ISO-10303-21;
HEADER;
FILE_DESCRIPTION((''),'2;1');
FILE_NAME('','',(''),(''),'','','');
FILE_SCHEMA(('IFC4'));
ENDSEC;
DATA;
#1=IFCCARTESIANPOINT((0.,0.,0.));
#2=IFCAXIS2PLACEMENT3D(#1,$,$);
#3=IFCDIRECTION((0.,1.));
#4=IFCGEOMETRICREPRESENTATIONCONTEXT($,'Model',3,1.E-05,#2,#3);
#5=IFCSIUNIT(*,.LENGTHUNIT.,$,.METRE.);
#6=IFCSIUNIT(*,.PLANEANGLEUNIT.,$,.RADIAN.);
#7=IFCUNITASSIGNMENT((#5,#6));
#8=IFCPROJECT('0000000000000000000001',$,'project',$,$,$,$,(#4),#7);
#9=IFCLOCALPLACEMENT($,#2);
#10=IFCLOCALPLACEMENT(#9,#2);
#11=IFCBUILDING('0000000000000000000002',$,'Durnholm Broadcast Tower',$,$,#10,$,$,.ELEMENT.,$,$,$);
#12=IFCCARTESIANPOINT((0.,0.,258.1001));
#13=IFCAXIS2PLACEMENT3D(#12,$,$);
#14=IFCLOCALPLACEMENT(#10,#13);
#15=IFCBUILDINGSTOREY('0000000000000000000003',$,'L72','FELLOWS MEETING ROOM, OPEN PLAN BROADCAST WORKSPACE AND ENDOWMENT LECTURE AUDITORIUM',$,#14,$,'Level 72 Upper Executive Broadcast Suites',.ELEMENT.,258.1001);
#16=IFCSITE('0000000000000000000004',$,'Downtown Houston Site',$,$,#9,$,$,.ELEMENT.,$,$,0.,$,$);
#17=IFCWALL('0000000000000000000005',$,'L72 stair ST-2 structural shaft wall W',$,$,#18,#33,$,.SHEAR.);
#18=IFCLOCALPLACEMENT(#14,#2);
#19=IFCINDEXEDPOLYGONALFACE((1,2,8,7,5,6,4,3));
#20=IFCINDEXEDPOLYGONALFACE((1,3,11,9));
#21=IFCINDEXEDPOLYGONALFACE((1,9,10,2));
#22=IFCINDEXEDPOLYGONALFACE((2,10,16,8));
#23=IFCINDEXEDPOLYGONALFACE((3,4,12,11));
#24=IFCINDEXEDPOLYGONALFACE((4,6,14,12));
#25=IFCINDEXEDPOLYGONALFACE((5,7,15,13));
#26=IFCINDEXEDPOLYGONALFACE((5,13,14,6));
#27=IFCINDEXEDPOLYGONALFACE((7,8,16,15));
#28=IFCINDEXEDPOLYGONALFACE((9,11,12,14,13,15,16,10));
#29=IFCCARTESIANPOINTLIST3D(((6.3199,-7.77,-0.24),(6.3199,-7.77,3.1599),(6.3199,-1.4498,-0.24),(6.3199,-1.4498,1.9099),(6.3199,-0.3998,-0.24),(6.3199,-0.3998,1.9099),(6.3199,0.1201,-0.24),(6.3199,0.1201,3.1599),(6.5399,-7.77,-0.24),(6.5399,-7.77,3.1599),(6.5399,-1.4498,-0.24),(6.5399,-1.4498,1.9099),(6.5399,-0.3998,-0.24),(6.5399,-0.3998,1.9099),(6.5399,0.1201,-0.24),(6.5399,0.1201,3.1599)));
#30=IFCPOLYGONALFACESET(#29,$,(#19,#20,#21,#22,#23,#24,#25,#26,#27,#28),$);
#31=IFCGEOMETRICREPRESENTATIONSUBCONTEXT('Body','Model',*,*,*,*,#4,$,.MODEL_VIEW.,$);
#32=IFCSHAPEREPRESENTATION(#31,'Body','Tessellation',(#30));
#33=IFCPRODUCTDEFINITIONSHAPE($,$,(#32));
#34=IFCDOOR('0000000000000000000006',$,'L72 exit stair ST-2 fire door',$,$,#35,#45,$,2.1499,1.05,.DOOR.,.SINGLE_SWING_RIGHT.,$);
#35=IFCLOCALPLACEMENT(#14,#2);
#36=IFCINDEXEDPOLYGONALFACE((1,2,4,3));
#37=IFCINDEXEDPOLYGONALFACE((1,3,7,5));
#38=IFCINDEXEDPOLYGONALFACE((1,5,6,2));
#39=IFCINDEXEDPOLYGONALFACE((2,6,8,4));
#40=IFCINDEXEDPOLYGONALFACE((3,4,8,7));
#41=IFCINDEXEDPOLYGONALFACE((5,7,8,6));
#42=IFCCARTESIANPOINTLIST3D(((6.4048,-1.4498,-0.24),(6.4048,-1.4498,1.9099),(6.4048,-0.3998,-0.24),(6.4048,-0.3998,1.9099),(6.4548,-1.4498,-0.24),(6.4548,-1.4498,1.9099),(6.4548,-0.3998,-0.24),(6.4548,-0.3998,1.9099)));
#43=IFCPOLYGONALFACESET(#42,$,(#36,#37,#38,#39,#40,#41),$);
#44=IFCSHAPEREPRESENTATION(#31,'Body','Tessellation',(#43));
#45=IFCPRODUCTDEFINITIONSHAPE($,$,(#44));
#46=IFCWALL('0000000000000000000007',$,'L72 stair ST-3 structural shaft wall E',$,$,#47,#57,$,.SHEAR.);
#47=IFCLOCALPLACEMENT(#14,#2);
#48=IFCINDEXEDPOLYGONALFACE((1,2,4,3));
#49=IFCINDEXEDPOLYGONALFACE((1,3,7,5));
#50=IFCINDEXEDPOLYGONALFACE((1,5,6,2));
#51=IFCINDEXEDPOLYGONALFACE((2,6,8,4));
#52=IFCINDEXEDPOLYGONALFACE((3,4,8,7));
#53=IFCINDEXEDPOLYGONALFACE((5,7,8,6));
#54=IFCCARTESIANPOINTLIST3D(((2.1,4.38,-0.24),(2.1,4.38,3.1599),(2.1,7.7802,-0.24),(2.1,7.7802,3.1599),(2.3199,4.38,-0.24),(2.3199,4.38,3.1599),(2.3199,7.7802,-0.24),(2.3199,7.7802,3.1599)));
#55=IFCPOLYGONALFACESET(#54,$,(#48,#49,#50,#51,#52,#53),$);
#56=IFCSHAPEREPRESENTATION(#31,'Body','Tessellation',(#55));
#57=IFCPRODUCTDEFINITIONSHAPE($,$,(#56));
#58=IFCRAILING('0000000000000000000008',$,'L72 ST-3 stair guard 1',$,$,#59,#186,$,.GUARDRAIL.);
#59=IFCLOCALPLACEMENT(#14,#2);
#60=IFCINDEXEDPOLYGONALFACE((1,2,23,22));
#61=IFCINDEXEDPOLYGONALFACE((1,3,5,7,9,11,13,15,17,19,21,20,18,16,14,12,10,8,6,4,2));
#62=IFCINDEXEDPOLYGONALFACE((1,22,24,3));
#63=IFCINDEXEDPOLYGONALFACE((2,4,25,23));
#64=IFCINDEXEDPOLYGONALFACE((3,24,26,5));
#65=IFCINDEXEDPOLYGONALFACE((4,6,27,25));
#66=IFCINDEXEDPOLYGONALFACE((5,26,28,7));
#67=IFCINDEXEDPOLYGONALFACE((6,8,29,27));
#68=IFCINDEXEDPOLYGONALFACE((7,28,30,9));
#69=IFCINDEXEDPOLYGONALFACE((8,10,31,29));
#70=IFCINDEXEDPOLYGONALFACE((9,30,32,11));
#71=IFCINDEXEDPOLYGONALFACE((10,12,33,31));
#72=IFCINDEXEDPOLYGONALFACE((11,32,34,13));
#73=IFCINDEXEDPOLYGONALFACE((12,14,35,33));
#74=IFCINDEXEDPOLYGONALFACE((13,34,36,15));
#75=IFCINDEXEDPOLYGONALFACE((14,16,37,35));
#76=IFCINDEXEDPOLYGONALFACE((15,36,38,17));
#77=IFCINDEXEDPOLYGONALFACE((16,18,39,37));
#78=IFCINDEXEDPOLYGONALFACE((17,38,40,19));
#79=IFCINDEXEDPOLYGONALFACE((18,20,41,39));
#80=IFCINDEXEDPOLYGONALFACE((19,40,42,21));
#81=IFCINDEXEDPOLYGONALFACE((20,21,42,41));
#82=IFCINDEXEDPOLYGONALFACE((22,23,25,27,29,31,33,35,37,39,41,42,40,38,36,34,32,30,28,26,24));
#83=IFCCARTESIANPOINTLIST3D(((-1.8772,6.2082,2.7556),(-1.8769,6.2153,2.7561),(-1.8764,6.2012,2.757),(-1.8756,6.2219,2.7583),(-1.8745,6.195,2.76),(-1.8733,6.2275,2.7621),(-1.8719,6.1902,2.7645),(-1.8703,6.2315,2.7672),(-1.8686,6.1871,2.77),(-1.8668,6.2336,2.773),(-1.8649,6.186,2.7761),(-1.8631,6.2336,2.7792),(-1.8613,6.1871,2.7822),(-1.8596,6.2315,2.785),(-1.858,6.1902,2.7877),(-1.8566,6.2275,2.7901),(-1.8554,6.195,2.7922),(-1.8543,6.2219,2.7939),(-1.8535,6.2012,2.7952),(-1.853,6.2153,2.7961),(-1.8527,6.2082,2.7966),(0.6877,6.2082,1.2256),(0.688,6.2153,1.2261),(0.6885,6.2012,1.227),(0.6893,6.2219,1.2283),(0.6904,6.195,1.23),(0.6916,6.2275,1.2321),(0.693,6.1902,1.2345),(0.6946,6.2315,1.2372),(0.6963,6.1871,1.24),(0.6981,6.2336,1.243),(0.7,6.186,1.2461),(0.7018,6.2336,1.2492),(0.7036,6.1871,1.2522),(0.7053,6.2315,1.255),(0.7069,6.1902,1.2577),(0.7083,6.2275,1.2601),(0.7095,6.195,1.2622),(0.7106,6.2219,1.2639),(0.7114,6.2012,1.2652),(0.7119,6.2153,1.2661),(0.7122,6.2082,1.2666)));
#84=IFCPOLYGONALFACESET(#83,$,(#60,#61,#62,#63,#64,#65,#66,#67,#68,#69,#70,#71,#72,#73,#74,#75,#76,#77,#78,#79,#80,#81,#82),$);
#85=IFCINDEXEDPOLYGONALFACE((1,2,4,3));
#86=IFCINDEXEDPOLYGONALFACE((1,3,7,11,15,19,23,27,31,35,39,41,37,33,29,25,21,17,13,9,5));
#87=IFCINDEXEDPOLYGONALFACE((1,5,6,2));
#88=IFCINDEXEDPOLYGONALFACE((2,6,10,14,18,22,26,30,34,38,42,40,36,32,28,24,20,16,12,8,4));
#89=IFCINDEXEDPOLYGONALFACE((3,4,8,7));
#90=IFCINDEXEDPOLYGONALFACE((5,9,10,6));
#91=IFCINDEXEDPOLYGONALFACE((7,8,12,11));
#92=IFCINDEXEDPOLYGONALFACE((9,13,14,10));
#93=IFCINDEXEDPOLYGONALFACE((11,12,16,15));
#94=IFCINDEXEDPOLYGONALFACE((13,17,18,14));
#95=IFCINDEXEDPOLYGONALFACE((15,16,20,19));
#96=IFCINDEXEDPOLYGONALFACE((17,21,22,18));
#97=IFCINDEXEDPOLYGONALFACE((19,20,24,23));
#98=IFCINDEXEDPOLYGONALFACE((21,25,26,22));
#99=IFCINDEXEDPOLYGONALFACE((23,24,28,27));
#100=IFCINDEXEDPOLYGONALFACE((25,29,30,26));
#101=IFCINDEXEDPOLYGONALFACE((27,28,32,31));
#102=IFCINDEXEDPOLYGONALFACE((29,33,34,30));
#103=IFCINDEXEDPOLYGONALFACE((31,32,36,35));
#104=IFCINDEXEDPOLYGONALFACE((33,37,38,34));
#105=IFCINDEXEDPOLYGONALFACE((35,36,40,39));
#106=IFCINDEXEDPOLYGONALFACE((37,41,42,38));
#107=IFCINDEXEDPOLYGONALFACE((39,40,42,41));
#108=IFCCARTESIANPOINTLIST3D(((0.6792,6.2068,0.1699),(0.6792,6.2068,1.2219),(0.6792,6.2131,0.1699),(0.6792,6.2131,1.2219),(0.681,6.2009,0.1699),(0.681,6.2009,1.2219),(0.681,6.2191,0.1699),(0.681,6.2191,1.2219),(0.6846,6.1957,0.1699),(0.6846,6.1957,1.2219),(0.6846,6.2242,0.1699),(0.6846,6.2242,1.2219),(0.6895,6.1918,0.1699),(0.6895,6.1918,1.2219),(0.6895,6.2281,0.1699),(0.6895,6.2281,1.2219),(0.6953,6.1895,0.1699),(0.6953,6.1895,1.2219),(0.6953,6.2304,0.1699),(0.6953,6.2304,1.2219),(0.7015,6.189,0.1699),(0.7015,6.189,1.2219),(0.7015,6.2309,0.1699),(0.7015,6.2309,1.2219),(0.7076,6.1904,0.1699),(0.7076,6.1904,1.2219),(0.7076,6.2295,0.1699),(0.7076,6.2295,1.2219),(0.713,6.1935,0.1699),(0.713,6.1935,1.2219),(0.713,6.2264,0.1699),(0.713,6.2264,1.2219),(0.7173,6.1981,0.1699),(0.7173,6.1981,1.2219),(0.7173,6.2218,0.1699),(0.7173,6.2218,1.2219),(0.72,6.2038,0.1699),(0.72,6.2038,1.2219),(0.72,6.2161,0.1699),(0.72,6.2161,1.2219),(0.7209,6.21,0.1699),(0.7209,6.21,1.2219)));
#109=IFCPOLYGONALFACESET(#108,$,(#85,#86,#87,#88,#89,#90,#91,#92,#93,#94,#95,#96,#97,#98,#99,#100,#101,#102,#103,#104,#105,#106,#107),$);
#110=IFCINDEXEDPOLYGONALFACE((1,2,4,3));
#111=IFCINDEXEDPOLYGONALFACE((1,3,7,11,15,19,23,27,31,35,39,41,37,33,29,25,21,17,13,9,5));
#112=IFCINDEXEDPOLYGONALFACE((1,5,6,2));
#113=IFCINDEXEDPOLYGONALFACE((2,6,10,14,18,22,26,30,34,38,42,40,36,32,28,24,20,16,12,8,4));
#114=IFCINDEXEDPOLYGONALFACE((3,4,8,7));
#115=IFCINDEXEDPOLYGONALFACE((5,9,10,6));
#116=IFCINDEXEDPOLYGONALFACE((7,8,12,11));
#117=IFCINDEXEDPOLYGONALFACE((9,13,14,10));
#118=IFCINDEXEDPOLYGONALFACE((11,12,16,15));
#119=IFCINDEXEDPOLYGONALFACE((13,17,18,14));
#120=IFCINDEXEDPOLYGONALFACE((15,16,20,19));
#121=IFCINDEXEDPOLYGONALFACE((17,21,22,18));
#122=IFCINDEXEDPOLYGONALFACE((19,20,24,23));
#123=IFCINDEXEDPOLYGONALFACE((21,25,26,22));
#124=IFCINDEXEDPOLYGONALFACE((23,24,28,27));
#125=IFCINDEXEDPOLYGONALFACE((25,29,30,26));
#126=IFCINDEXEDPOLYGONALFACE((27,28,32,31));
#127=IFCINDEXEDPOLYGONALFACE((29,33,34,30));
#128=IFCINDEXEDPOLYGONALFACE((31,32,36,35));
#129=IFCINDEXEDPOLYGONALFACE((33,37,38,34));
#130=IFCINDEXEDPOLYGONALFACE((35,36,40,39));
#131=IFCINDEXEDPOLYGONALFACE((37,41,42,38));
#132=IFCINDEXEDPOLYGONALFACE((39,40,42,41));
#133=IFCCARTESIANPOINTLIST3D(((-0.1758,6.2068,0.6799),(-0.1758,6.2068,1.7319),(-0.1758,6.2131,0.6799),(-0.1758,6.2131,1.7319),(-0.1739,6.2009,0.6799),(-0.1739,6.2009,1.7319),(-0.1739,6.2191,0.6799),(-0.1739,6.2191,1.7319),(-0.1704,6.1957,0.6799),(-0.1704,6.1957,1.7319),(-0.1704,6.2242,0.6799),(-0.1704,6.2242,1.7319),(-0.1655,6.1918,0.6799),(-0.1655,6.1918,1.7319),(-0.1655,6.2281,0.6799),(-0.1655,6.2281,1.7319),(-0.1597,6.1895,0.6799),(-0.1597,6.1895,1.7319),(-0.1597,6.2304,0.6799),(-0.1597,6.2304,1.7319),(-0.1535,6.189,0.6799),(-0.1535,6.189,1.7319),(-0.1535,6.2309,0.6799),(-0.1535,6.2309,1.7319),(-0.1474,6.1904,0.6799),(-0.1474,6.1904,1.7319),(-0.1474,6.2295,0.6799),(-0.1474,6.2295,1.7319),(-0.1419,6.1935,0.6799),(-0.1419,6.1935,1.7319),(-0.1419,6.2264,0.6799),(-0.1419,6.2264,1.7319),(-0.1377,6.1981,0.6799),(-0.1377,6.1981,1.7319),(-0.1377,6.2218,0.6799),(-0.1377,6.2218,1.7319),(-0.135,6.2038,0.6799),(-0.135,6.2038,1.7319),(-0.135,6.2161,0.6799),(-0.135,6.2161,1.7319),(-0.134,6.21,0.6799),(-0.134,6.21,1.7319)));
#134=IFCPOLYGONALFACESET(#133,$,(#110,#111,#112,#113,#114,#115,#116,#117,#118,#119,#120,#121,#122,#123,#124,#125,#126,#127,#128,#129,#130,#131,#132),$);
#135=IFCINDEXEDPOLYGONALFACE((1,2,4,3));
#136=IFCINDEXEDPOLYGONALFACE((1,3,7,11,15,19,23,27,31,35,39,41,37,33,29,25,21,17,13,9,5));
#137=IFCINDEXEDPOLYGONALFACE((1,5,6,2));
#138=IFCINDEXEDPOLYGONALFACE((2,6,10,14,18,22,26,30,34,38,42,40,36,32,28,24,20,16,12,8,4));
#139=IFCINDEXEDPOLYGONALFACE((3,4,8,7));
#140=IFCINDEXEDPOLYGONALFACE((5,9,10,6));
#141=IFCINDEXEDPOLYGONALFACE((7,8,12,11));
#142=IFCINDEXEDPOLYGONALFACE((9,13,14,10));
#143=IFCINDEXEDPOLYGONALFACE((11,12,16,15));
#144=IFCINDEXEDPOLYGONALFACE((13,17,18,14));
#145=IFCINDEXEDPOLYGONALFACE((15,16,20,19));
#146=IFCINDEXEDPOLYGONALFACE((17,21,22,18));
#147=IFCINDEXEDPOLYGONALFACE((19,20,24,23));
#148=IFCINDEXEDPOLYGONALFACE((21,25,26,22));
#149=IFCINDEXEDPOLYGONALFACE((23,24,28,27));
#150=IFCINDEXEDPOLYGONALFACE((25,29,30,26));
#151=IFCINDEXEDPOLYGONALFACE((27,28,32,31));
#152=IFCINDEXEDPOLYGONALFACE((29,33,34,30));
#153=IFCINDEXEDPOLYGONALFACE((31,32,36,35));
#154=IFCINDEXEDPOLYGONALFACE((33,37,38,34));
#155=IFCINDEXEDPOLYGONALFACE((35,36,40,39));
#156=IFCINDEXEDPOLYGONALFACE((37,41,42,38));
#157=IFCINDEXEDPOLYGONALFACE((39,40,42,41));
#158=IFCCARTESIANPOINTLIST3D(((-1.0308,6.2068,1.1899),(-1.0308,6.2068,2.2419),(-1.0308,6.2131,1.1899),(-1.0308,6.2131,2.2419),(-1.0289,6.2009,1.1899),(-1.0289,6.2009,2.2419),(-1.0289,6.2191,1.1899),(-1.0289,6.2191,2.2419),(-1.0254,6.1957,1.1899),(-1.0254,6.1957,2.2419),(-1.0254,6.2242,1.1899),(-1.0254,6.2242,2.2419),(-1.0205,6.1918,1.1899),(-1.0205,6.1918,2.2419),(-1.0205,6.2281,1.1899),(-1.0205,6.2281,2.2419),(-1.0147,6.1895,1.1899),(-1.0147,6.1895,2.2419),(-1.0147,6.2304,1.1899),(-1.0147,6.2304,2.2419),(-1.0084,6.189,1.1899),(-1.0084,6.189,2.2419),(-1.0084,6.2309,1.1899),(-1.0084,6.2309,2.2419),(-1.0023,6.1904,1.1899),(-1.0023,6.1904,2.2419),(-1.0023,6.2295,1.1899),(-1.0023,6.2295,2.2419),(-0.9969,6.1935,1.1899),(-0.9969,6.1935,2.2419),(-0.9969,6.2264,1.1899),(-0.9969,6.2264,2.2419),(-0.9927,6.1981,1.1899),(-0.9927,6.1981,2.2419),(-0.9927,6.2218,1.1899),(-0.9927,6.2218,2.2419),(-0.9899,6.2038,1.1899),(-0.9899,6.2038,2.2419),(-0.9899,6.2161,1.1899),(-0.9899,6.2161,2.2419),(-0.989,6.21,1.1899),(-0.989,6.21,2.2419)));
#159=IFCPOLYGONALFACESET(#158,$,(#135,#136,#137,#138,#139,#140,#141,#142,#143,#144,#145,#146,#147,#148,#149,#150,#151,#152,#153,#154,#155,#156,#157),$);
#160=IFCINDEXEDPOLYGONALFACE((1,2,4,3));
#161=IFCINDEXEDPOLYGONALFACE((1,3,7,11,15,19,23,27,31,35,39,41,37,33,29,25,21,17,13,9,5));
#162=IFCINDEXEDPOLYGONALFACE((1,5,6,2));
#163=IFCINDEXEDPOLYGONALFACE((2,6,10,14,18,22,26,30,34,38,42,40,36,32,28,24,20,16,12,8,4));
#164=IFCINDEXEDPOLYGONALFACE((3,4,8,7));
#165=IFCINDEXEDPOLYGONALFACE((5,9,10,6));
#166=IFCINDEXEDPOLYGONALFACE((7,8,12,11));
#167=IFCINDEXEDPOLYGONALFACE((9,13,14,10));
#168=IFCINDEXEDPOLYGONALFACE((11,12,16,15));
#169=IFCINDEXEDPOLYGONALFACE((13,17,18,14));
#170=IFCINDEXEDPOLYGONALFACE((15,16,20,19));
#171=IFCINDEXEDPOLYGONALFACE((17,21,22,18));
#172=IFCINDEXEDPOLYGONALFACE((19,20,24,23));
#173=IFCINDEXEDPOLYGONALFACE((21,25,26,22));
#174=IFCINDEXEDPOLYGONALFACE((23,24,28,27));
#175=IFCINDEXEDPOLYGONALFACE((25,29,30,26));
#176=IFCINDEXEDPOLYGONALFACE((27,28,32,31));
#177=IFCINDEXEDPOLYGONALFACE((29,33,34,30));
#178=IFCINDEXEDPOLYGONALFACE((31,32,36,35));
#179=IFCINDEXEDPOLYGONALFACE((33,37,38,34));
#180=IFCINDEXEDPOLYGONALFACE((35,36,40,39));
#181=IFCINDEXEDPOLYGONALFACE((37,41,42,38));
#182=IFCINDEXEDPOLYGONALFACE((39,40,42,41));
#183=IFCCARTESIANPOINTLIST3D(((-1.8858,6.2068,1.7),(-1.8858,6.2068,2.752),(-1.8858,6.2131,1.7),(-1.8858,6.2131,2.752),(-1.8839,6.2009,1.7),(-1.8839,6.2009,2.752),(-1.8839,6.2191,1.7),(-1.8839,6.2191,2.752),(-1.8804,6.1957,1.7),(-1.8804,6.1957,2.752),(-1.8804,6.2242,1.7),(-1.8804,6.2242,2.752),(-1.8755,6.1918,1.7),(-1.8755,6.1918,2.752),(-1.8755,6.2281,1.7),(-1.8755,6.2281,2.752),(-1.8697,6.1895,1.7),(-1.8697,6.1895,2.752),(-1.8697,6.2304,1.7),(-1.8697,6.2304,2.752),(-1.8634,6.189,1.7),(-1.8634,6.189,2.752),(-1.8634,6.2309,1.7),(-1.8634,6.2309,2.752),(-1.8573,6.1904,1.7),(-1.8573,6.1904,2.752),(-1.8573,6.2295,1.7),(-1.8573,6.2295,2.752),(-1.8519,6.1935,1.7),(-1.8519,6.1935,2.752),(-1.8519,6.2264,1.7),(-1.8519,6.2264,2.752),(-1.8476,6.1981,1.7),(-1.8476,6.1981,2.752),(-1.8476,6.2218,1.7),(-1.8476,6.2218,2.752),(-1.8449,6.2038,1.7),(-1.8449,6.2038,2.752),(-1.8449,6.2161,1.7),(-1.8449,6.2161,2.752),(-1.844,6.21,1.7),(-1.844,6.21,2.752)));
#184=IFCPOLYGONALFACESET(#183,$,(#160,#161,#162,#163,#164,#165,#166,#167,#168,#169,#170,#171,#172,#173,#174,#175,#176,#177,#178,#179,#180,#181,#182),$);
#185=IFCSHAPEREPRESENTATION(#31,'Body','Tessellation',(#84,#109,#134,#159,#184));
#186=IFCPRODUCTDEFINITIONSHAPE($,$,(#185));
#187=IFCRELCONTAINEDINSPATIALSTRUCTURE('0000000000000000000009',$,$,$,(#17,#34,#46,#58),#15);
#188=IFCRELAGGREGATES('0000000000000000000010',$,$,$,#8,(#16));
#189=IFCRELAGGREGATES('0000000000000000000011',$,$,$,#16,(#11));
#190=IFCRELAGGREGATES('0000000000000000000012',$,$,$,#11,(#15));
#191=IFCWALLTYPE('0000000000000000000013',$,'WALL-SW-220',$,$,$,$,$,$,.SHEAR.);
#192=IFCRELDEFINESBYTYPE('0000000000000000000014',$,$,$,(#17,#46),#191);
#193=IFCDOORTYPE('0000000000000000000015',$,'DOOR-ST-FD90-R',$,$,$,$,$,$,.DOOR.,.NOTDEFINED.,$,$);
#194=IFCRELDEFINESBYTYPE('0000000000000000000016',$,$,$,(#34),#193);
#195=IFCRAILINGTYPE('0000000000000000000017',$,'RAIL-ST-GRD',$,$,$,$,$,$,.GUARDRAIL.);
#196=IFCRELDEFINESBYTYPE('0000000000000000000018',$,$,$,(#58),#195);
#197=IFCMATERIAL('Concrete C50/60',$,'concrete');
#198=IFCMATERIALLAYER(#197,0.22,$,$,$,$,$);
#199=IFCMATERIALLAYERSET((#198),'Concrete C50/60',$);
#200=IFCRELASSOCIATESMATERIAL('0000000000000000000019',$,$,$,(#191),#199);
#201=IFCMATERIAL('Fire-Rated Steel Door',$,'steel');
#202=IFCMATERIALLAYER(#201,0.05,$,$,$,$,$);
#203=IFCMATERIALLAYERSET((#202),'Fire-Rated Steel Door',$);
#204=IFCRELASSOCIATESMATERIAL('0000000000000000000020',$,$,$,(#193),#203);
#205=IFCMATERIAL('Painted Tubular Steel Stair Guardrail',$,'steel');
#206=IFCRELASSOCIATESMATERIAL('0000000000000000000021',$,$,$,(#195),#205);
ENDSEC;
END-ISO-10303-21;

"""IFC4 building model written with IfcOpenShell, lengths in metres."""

from ifc_helpers import new_model, si_unit, direction, frame, frame_2d, origin, origin_2d, place, context, subcontext, project, spatial, rectangle, circle, extrude, source, transform, mapped, material, layer, layer_set, type_object, type_shapes, element, fill, save


model = new_model("IFC4")

# Units and contexts
model_context = context("Model", 3, precision=1e-05, world=origin(), true_north=direction((0.0, 1.0)))
body_context = subcontext(model_context, "Body", "Model", "MODEL_VIEW")
ifc_project = project(units=[si_unit("LENGTHUNIT", "METRE"), si_unit("PLANEANGLEUNIT", "RADIAN")], contexts=[model_context])

# Site, building, storey
site_placement = place(None, origin())
site = spatial("IfcSite", under=ifc_project, at=site_placement, Name="Downtown Houston Site", CompositionType="ELEMENT", RefElevation=0.0)
building_placement = place(site_placement, origin())
building = spatial("IfcBuilding", under=site, at=building_placement, Name="Durnholm Broadcast Tower", CompositionType="ELEMENT")
storey_placement = place(building_placement, frame((0.0, 0.0, 258.1001)))
storey = spatial("IfcBuildingStorey", under=building, at=storey_placement, Name="L72", Description="FELLOWS MEETING ROOM, OPEN PLAN BROADCAST WORKSPACE AND ENDOWMENT LECTURE AUDITORIUM", LongName="Level 72 Upper Executive Broadcast Suites", CompositionType="ELEMENT", Elevation=258.1001)

# Shared definitions
ifc_material_1 = material(Name="Concrete C50/60", Category="concrete")

# Wall, opening, door
ifc_layer_1 = layer(ifc_material_1, 0.22)
ifc_layer_set_1 = layer_set([ifc_layer_1], Name="Concrete C50/60")
wall_type_1 = type_object("IfcWallType", Name="WALL-SW-220", PredefinedType="SHEAR", material=ifc_layer_set_1)
wall_1_placement = place(storey_placement, frame((6.4299, 0.1201, -0.24), z_axis=(0.0, 0.0, 1.0), x_axis=(0.0, -1.0, 0.0)))
wall_1 = element("IfcWall", 1, at=wall_1_placement, inside=storey, type_object=wall_type_1, Name="L72 stair ST-2 structural shaft wall W", PredefinedType="SHEAR", context=body_context, shape_type="SweptSolid", body=[
    extrude(rectangle(XDim=7.8901, YDim=0.22, at=frame_2d((3.9451, 0.0))), origin(), (0.0, 0.0, 1.0), 3.3999),
])
opening_1_placement = place(wall_1_placement, frame((0.52, 0.0, 0.0)))
opening_1 = element("IfcOpeningElement", 2, at=opening_1_placement, cuts=wall_1, PredefinedType="OPENING", context=body_context, shape_type="SweptSolid", body=[
    extrude(rectangle(XDim=1.05, YDim=2.1499, at=frame_2d((0.5249, 1.075))), frame((0.0, 0.1201, 0.0), z_axis=(0.0, -1.0, 0.0), x_axis=(1.0, 0.0, 0.0)), (0.0, 0.0, 1.0), 0.24),
])
ifc_material_2 = material(Name="Fire-Rated Steel Door", Category="steel")
ifc_layer_2 = layer(ifc_material_2, 0.05)
ifc_layer_set_2 = layer_set([ifc_layer_2], Name="Fire-Rated Steel Door")
door_type_1 = type_object("IfcDoorType", Name="DOOR-ST-FD90-R", OperationType="NOTDEFINED", PredefinedType="DOOR", material=ifc_layer_set_2)
shared_shape_1 = source(origin(), body_context, "Body", "SweptSolid", [
    extrude(rectangle(XDim=1.05, YDim=2.1499, at=frame_2d((0.5249, 1.075))), frame((0.0, 0.0249, 0.0), z_axis=(0.0, -1.0, 0.0), x_axis=(1.0, 0.0, 0.0)), (0.0, 0.0, 1.0), 0.05),
])
type_shapes(door_type_1, [shared_shape_1])
door_1_placement = place(opening_1_placement, origin())
door_1 = element("IfcDoor", 3, at=door_1_placement, inside=storey, type_object=door_type_1, Name="L72 exit stair ST-2 fire door", OperationType="SINGLE_SWING_RIGHT", OverallHeight=2.1499, OverallWidth=1.05, PredefinedType="DOOR", context=body_context, shape_type="MappedRepresentation", body=[
    mapped(shared_shape_1, transform((0.0, 0.0, 0.0), x_axis=(1.0, 0.0, 0.0), y_axis=(0.0, 1.0, 0.0), z_axis=(0.0, 0.0, 1.0), scale=1.0)),
])
fill(opening_1, door_1)

# Wall
wall_2_placement = place(storey_placement, frame((2.21, 4.3799, -0.24), z_axis=(0.0, 0.0, 1.0), x_axis=(0.0, 1.0, 0.0)))
element("IfcWall", 4, at=wall_2_placement, inside=storey, type_object=wall_type_1, Name="L72 stair ST-3 structural shaft wall E", PredefinedType="SHEAR", context=body_context, shape_type="SweptSolid", body=[
    extrude(rectangle(XDim=3.4001, YDim=0.22, at=frame_2d((1.7002, 0.0))), origin(), (0.0, 0.0, 1.0), 3.3999),
])

# Railing
ifc_material_3 = material(Name="Painted Tubular Steel Stair Guardrail", Category="steel")
railing_type = type_object("IfcRailingType", Name="RAIL-ST-GRD", PredefinedType="GUARDRAIL", material=ifc_material_3)
railing_1_placement = place(storey_placement, frame((0.7, 6.21, 0.1699)))
element("IfcRailing", 5, at=railing_1_placement, inside=storey, type_object=railing_type, Name="L72 ST-3 stair guard 1", PredefinedType="GUARDRAIL", context=body_context, shape_type="SweptSolid", body=[
    extrude(circle(Radius=0.0239, at=origin_2d()), frame((0.0, 0.0, 1.0762), z_axis=(-0.85881, 0.0, 0.512294), x_axis=(0.0, -1.0, 0.0)), (0.0, 0.0, 1.0), 2.9866),
    extrude(circle(Radius=0.021, at=origin_2d()), origin(), (0.0, 0.0, 1.0), 1.052),
    extrude(circle(Radius=0.021, at=origin_2d()), frame((-0.855, 0.0, 0.51)), (0.0, 0.0, 1.0), 1.052),
    extrude(circle(Radius=0.021, at=origin_2d()), frame((-1.71, 0.0, 1.02)), (0.0, 0.0, 1.0), 1.052),
    extrude(circle(Radius=0.021, at=origin_2d()), frame((-2.5649, 0.0, 1.53)), (0.0, 0.0, 1.0), 1.052),
])

save(model, "model.ifc")
